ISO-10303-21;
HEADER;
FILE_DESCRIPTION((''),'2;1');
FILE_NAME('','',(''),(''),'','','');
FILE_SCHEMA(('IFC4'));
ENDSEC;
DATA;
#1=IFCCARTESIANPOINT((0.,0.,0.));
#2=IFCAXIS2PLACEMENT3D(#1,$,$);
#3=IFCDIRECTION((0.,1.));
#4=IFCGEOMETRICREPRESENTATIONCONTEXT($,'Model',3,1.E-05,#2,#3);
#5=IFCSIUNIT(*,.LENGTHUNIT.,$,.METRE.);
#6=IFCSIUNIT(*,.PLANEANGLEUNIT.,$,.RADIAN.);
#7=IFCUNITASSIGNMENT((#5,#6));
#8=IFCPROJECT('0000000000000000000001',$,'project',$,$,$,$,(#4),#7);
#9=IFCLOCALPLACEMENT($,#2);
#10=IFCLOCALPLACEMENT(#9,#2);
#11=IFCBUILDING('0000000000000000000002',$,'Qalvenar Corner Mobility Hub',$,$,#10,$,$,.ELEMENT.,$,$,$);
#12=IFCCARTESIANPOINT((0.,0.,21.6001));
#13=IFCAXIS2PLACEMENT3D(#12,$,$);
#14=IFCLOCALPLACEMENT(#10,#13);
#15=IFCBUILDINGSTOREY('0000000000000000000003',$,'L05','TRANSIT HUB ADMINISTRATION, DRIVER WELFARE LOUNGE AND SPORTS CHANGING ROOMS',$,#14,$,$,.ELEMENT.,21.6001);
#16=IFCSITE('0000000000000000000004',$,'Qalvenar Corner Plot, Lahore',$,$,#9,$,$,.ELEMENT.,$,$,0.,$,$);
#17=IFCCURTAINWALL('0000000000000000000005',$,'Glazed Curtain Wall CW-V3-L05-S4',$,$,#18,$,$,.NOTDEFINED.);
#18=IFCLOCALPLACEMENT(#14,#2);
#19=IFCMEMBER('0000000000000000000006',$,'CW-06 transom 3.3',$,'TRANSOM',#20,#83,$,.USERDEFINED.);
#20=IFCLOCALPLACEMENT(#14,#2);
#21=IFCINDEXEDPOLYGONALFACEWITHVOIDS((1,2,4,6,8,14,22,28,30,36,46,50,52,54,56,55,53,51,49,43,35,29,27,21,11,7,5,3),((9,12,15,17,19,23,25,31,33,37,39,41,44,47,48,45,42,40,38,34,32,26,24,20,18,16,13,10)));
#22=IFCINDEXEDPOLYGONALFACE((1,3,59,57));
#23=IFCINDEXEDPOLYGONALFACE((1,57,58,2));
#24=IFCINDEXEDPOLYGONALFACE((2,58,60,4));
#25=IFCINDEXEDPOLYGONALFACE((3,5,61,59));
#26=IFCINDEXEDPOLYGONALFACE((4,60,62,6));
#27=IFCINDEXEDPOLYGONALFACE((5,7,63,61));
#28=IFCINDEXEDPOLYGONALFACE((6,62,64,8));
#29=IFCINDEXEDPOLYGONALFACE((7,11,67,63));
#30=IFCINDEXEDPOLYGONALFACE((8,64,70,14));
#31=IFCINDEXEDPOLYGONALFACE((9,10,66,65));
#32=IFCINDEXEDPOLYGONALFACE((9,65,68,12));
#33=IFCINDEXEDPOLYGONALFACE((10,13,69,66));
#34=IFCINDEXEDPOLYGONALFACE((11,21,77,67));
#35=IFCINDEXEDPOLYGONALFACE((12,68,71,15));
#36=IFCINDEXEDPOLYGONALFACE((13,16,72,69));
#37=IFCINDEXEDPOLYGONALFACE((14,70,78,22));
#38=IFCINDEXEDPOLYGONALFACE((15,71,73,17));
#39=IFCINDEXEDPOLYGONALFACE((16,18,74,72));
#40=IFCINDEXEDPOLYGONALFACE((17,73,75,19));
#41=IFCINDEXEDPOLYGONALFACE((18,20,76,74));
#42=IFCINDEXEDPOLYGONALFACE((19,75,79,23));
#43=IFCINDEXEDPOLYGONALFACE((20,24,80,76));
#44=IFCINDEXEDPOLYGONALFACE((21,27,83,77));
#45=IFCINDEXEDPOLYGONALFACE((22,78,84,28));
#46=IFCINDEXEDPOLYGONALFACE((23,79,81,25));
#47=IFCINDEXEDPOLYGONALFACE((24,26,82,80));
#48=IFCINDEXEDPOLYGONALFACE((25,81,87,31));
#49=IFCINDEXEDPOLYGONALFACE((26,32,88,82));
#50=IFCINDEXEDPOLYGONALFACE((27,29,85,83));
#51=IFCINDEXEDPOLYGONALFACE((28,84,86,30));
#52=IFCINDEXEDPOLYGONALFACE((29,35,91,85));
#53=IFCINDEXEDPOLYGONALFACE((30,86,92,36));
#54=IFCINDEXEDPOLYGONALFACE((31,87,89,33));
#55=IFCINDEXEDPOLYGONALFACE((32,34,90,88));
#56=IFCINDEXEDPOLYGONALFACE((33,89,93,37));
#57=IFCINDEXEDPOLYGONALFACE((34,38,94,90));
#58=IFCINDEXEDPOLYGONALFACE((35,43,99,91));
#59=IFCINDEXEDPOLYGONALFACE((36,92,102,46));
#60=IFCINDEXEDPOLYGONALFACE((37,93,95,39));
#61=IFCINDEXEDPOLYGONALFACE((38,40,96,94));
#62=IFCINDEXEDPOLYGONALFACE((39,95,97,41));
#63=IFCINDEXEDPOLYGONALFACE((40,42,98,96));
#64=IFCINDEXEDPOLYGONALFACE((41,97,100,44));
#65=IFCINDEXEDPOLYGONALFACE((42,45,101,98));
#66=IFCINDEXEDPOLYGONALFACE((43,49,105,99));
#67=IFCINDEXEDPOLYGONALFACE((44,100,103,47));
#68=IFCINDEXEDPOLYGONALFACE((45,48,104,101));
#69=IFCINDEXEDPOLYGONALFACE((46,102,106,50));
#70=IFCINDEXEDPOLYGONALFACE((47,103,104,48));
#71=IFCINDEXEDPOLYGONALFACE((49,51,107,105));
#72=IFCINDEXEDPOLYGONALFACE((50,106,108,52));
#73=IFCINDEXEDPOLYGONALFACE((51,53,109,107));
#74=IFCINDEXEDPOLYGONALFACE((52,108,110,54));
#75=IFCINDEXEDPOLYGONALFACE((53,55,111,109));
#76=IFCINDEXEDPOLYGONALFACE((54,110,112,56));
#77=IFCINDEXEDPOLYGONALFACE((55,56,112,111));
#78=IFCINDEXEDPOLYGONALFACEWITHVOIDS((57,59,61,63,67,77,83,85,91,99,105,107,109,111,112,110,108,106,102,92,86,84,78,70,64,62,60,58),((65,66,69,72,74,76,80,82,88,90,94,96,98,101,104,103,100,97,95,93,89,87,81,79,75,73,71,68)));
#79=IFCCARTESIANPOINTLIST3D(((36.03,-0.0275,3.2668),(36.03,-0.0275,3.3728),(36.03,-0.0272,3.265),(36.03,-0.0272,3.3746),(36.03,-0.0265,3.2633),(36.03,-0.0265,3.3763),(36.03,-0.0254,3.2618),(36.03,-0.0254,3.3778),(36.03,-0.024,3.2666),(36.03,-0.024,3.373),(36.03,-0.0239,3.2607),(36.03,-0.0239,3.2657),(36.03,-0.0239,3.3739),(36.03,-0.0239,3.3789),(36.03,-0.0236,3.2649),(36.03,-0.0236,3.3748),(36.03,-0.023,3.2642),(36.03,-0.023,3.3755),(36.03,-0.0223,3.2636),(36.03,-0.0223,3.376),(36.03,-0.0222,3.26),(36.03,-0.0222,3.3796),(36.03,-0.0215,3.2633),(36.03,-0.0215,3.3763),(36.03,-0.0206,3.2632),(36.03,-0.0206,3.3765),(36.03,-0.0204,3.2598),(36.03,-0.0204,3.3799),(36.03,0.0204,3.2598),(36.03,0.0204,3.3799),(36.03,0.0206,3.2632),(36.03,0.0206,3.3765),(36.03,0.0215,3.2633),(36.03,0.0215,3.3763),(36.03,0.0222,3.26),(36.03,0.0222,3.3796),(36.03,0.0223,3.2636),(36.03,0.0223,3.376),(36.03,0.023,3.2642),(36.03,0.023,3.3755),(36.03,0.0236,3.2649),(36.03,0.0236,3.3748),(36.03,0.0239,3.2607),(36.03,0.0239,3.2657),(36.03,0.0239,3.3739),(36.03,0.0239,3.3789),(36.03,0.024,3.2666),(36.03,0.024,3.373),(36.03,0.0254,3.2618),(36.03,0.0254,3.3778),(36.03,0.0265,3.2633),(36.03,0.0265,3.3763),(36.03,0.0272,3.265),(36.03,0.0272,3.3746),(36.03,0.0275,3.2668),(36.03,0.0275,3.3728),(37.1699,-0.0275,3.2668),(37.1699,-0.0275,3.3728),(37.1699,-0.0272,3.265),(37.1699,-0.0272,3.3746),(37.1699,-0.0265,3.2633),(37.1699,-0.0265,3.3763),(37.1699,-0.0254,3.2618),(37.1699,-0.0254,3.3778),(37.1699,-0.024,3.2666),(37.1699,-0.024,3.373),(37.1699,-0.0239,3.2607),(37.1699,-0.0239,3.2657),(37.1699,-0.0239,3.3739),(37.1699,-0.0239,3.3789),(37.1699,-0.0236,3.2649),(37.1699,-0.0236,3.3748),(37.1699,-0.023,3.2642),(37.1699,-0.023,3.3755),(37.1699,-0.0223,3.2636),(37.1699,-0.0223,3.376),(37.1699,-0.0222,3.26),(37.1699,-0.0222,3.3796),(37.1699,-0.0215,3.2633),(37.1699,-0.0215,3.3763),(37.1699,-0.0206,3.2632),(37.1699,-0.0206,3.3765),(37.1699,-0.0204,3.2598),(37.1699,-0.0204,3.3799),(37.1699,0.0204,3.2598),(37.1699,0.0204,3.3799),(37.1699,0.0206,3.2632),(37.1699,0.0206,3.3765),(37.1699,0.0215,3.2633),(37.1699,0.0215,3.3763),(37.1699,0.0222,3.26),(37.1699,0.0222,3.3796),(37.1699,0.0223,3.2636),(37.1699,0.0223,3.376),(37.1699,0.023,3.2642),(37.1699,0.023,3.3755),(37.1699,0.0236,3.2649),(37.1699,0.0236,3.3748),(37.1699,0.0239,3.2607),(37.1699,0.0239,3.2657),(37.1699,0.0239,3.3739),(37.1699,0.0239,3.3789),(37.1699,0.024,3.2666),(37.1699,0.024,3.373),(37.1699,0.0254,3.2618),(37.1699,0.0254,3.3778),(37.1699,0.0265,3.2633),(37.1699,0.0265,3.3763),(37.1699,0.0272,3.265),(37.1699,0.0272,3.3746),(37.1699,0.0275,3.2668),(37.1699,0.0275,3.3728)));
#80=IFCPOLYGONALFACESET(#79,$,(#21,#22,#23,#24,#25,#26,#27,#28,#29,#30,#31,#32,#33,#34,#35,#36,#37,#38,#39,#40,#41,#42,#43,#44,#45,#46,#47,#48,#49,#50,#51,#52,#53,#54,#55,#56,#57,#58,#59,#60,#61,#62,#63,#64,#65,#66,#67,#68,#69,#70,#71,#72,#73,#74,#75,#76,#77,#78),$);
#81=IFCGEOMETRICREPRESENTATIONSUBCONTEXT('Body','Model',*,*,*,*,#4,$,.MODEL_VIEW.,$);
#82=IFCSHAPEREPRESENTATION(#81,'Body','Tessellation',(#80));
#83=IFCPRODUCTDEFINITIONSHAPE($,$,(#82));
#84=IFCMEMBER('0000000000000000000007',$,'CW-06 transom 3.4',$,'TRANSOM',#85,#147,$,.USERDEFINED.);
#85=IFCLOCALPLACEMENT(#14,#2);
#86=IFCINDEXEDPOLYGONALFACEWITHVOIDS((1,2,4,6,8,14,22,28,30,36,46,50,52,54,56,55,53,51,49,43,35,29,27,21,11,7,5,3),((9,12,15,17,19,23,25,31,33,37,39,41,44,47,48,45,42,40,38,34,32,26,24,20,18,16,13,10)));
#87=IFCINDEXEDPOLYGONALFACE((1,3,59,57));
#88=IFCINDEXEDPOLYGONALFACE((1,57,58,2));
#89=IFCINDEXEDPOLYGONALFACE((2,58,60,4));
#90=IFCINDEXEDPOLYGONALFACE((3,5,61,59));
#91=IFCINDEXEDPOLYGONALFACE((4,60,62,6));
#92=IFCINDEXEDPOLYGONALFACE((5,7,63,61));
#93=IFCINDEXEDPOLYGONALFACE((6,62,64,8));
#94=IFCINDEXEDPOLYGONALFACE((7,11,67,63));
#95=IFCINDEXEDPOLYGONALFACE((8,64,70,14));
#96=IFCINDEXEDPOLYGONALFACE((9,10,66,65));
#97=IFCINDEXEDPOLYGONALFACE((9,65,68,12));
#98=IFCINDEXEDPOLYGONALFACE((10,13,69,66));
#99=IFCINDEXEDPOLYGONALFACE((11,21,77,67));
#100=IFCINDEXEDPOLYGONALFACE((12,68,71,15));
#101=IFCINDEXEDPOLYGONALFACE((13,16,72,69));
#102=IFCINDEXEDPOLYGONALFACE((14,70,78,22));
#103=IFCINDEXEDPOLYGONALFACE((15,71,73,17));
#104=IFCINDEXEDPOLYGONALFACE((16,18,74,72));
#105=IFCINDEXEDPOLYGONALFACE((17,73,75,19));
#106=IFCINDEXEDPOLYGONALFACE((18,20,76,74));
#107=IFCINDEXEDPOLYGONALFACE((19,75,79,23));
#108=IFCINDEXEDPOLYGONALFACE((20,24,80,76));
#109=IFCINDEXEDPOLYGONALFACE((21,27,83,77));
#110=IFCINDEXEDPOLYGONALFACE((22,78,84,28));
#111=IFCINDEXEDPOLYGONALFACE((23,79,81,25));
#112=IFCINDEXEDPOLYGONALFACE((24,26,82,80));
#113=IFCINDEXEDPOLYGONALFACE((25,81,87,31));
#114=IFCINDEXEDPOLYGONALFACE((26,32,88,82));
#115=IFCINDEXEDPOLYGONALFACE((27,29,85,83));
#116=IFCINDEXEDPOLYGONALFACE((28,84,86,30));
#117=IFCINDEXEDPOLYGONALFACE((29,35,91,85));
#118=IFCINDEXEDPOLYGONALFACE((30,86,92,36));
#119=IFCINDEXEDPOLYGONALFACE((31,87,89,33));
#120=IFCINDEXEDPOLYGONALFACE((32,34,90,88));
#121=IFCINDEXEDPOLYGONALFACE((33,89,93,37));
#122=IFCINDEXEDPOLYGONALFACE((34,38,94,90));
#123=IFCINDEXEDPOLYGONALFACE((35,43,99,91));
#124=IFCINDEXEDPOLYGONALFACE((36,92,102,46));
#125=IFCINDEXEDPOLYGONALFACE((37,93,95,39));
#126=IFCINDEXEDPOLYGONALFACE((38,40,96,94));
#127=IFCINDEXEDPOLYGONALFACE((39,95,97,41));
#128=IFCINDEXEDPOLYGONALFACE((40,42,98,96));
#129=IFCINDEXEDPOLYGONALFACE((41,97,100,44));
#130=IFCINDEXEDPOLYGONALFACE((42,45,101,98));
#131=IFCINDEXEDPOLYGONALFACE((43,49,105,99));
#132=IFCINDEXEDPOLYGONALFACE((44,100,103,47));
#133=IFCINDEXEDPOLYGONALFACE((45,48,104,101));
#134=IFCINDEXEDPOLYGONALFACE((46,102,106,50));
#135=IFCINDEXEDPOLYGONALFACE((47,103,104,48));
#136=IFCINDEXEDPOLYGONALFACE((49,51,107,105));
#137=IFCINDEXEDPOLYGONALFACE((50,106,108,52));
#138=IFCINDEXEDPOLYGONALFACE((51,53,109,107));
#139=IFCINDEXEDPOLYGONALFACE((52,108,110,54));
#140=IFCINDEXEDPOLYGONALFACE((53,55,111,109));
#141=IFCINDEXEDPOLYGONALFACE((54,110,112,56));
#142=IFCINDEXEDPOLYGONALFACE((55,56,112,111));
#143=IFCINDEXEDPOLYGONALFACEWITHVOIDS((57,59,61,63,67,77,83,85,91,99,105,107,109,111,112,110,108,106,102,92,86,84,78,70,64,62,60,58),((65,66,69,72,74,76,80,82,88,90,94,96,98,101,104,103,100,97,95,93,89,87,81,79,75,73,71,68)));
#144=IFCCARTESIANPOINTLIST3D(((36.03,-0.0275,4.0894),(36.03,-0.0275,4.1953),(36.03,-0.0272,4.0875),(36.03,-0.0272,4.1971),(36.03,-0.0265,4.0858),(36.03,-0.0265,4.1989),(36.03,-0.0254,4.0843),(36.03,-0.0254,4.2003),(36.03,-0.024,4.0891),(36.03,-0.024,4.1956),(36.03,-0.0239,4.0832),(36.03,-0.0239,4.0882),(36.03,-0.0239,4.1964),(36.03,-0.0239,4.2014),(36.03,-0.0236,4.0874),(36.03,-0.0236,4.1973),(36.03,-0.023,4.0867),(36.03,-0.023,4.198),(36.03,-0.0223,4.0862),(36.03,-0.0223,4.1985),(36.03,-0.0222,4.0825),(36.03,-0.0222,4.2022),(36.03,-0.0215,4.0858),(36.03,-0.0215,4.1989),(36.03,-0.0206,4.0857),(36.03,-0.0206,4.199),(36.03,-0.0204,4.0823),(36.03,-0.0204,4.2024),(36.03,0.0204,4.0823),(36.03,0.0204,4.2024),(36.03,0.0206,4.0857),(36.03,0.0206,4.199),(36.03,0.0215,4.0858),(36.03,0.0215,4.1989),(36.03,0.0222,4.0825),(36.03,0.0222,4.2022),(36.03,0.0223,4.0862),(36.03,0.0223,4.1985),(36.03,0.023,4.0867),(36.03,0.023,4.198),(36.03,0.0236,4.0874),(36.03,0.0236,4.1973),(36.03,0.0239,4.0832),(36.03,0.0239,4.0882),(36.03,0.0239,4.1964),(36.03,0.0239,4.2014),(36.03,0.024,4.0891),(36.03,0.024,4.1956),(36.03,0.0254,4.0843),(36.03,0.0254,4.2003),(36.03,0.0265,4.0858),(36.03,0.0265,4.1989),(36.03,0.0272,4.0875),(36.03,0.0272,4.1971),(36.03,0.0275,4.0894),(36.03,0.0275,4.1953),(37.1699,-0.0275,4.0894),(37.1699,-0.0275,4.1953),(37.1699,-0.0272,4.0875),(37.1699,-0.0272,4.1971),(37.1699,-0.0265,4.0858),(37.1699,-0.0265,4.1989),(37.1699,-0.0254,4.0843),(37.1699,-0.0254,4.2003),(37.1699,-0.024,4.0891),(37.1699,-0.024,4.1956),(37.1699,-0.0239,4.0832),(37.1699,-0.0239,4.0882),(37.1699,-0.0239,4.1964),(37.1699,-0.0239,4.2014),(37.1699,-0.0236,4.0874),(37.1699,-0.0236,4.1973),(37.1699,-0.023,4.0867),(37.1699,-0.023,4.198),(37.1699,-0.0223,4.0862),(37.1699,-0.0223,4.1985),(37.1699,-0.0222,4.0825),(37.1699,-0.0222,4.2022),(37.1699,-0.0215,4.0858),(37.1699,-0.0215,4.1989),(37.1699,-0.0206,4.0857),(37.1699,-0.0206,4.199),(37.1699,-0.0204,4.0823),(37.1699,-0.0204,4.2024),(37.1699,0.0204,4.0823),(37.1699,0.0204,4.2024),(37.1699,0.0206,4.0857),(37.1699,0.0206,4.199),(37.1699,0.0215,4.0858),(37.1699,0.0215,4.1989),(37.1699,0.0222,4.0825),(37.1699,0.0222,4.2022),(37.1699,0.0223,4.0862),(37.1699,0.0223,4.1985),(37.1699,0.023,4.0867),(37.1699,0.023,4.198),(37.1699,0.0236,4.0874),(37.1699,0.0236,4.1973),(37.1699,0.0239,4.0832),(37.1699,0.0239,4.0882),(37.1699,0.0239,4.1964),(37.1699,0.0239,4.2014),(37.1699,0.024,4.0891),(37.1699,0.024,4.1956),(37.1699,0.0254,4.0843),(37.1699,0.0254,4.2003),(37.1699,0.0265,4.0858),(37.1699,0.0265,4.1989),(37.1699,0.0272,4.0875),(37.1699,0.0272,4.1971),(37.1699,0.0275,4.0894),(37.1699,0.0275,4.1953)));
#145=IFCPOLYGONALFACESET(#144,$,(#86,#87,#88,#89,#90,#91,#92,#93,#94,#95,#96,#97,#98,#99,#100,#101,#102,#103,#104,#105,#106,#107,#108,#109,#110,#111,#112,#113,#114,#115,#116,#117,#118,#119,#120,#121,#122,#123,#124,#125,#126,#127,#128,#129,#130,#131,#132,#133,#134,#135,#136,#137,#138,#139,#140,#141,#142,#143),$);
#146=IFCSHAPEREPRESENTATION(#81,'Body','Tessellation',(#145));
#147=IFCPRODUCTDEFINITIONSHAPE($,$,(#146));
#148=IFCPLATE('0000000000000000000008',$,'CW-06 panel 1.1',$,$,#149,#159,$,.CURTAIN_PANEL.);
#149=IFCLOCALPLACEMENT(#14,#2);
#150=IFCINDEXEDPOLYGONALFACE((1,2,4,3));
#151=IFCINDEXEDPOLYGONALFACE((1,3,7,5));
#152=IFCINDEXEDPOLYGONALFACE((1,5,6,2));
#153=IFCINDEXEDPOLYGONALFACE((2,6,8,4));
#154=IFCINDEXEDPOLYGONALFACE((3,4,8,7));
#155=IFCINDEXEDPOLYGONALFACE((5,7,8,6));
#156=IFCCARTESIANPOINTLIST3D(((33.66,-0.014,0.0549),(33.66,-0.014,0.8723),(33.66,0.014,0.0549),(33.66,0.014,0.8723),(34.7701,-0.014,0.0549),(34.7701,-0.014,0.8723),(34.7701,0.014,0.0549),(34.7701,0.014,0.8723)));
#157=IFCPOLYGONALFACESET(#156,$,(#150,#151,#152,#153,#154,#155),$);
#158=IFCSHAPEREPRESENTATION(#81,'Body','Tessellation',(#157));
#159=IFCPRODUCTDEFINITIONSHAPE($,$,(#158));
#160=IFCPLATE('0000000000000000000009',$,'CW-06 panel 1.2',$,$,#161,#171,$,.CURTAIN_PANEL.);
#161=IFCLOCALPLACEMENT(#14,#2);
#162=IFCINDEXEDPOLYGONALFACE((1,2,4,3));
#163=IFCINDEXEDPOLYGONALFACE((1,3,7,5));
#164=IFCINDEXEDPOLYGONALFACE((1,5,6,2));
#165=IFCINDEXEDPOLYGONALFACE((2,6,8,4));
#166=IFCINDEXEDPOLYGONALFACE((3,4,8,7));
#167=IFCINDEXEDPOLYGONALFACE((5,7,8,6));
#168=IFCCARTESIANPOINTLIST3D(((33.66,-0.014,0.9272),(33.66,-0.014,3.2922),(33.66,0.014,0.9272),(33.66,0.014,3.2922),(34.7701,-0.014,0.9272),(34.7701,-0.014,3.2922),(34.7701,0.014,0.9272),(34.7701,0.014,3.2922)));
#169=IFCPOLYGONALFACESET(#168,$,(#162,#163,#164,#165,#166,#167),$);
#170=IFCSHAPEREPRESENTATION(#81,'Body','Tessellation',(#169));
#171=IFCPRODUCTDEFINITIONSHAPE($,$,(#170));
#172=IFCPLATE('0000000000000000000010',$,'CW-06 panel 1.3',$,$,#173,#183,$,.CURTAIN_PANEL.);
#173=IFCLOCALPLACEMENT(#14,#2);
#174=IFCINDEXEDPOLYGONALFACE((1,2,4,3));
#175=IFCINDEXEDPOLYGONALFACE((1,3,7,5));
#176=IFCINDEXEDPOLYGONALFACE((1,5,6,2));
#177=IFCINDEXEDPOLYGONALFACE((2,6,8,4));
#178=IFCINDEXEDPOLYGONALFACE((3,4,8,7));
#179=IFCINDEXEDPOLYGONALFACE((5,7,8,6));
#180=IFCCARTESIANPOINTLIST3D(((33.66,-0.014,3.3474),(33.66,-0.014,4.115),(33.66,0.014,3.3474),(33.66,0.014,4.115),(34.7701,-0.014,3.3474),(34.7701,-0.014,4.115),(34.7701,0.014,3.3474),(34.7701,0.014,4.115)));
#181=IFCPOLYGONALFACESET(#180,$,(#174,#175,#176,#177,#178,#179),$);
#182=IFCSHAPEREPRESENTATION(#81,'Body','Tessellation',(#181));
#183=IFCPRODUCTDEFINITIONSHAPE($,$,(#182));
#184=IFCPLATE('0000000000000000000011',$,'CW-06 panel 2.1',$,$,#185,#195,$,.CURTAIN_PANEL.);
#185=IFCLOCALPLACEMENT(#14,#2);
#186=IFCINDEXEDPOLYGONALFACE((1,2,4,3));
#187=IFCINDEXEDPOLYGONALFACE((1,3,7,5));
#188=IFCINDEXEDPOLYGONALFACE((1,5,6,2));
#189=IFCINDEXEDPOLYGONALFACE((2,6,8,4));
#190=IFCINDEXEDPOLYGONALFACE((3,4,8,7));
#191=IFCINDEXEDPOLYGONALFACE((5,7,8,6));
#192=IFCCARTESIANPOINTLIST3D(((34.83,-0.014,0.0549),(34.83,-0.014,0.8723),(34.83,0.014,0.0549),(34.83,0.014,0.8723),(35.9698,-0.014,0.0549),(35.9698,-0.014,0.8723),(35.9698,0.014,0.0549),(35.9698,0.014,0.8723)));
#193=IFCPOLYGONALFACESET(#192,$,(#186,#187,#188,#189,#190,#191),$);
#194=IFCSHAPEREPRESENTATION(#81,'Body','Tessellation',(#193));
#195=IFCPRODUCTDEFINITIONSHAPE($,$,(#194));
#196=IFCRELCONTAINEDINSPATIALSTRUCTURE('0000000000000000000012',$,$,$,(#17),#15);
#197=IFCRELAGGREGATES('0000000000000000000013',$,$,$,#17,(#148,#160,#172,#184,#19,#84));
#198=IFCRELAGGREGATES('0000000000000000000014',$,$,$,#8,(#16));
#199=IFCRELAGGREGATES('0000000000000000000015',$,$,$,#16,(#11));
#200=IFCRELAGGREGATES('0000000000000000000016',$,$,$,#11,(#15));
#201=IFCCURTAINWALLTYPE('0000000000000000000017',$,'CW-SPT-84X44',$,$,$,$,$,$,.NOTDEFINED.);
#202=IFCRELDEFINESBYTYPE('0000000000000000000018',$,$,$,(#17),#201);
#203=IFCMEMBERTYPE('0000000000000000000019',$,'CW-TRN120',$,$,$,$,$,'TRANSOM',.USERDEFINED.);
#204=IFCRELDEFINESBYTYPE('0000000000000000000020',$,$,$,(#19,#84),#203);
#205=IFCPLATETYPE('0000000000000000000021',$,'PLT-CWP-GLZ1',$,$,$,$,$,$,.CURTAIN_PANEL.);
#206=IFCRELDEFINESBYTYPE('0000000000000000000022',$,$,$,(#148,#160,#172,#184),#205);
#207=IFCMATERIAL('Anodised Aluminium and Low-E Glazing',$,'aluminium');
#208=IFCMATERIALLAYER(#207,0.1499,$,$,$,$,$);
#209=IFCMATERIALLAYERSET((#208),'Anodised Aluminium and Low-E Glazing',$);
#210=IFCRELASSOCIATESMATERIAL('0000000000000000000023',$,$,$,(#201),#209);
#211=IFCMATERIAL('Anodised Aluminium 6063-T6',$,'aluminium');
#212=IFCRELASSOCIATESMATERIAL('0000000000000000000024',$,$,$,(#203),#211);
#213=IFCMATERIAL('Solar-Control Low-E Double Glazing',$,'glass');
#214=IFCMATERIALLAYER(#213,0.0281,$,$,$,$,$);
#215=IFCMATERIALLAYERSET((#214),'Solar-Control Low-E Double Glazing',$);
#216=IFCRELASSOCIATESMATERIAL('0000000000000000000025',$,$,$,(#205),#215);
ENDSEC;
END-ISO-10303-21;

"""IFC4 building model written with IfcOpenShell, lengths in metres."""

from ifc_helpers import new_model, si_unit, direction, frame, origin, origin_2d, place, context, subcontext, project, spatial, rectangle, hollow_rectangle, extrude, material, layer, layer_set, material_profile, profile_set, type_object, element, aggregate, save


model = new_model("IFC4")

# Units and contexts
model_context = context("Model", 3, precision=1e-05, world=origin(), true_north=direction((0.0, 1.0)))
body_context = subcontext(model_context, "Body", "Model", "MODEL_VIEW")
ifc_project = project(units=[si_unit("LENGTHUNIT", "METRE"), si_unit("PLANEANGLEUNIT", "RADIAN")], contexts=[model_context])

# Site, building, storey
site_placement = place(None, origin())
site = spatial("IfcSite", under=ifc_project, at=site_placement, Name="Qalvenar Corner Plot, Lahore", CompositionType="ELEMENT", RefElevation=0.0)
building_placement = place(site_placement, origin())
building = spatial("IfcBuilding", under=site, at=building_placement, Name="Qalvenar Corner Mobility Hub", CompositionType="ELEMENT")
storey_placement = place(building_placement, frame((0.0, 0.0, 21.6001)))
storey = spatial("IfcBuildingStorey", under=building, at=storey_placement, Name="L05", Description="TRANSIT HUB ADMINISTRATION, DRIVER WELFARE LOUNGE AND SPORTS CHANGING ROOMS", CompositionType="ELEMENT", Elevation=21.6001)

# Curtain wall, members, plates
ifc_material_1 = material(Name="Anodised Aluminium and Low-E Glazing", Category="aluminium")
ifc_layer_1 = layer(ifc_material_1, 0.1499)
ifc_layer_set_1 = layer_set([ifc_layer_1], Name="Anodised Aluminium and Low-E Glazing")
curtain_wall_type = type_object("IfcCurtainWallType", Name="CW-SPT-84X44", PredefinedType="NOTDEFINED", material=ifc_layer_set_1)
curtain_wall_placement = place(storey_placement, origin())
curtain_wall = element("IfcCurtainWall", 1, at=curtain_wall_placement, inside=storey, type_object=curtain_wall_type, Name="Glazed Curtain Wall CW-V3-L05-S4", PredefinedType="NOTDEFINED")
ifc_material_2 = material(Name="Anodised Aluminium 6063-T6", Category="aluminium")
ifc_material_profile_1 = material_profile(ifc_material_2, hollow_rectangle(XDim=0.0549, YDim=0.1201, WallThickness=0.0034, InnerFilletRadius=0.0034, OuterFilletRadius=0.0071, at=origin_2d()), Name="RHS120x55x3.5")
ifc_profile_set_1 = profile_set([ifc_material_profile_1], Name="Anodised Aluminium 6063-T6")
member_type_1 = type_object("IfcMemberType", Name="CW-TRN120", ElementType="TRANSOM", PredefinedType="USERDEFINED", material=ifc_profile_set_1)
member_1_placement = place(storey_placement, frame((36.03, 0.0, 3.3198), z_axis=(1.0, 0.0, 0.0), x_axis=(0.0, 1.0, 0.0)))
member_1 = element("IfcMember", 2, at=member_1_placement, type_object=member_type_1, Name="CW-06 transom 3.3", ObjectType="TRANSOM", PredefinedType="USERDEFINED", context=body_context, shape_type="SweptSolid", body=[
    extrude(hollow_rectangle(XDim=0.0549, YDim=0.1201, WallThickness=0.0034, InnerFilletRadius=0.0034, OuterFilletRadius=0.0071, at=origin_2d()), origin(), (0.0, 0.0, 1.0), 1.1399),
])
member_2_placement = place(storey_placement, frame((36.03, 0.0, 4.1423), z_axis=(1.0, 0.0, 0.0), x_axis=(0.0, 1.0, 0.0)))
member_2 = element("IfcMember", 3, at=member_2_placement, type_object=member_type_1, Name="CW-06 transom 3.4", ObjectType="TRANSOM", PredefinedType="USERDEFINED", context=body_context, shape_type="SweptSolid", body=[
    extrude(hollow_rectangle(XDim=0.0549, YDim=0.1201, WallThickness=0.0034, InnerFilletRadius=0.0034, OuterFilletRadius=0.0071, at=origin_2d()), origin(), (0.0, 0.0, 1.0), 1.1399),
])
ifc_material_3 = material(Name="Solar-Control Low-E Double Glazing", Category="glass")
ifc_layer_2 = layer(ifc_material_3, 0.0281)
ifc_layer_set_2 = layer_set([ifc_layer_2], Name="Solar-Control Low-E Double Glazing")
plate_type = type_object("IfcPlateType", Name="PLT-CWP-GLZ1", PredefinedType="CURTAIN_PANEL", material=ifc_layer_set_2)
plate_1_placement = place(storey_placement, frame((34.2151, 0.0, 0.0549), z_axis=(0.0, 0.0, 1.0), x_axis=(1.0, 0.0, 0.0)))
plate_1 = element("IfcPlate", 4, at=plate_1_placement, type_object=plate_type, Name="CW-06 panel 1.1", PredefinedType="CURTAIN_PANEL", context=body_context, shape_type="SweptSolid", body=[
    extrude(rectangle(XDim=1.1101, YDim=0.0281, at=origin_2d()), origin(), (0.0, 0.0, 1.0), 0.8174),
])
plate_2_placement = place(storey_placement, frame((34.2151, 0.0, 0.9272), z_axis=(0.0, 0.0, 1.0), x_axis=(1.0, 0.0, 0.0)))
plate_2 = element("IfcPlate", 5, at=plate_2_placement, type_object=plate_type, Name="CW-06 panel 1.2", PredefinedType="CURTAIN_PANEL", context=body_context, shape_type="SweptSolid", body=[
    extrude(rectangle(XDim=1.1101, YDim=0.0281, at=origin_2d()), origin(), (0.0, 0.0, 1.0), 2.365),
])
plate_3_placement = place(storey_placement, frame((34.2151, 0.0, 3.3474), z_axis=(0.0, 0.0, 1.0), x_axis=(1.0, 0.0, 0.0)))
plate_3 = element("IfcPlate", 6, at=plate_3_placement, type_object=plate_type, Name="CW-06 panel 1.3", PredefinedType="CURTAIN_PANEL", context=body_context, shape_type="SweptSolid", body=[
    extrude(rectangle(XDim=1.1101, YDim=0.0281, at=origin_2d()), origin(), (0.0, 0.0, 1.0), 0.7676),
])
plate_4_placement = place(storey_placement, frame((35.3999, 0.0, 0.0549), z_axis=(0.0, 0.0, 1.0), x_axis=(1.0, 0.0, 0.0)))
plate_4 = element("IfcPlate", 7, at=plate_4_placement, type_object=plate_type, Name="CW-06 panel 2.1", PredefinedType="CURTAIN_PANEL", context=body_context, shape_type="SweptSolid", body=[
    extrude(rectangle(XDim=1.1399, YDim=0.0281, at=origin_2d()), origin(), (0.0, 0.0, 1.0), 0.8174),
])
aggregate(curtain_wall, [plate_1, plate_2, plate_3, plate_4, member_1, member_2])

save(model, "model.ifc")
